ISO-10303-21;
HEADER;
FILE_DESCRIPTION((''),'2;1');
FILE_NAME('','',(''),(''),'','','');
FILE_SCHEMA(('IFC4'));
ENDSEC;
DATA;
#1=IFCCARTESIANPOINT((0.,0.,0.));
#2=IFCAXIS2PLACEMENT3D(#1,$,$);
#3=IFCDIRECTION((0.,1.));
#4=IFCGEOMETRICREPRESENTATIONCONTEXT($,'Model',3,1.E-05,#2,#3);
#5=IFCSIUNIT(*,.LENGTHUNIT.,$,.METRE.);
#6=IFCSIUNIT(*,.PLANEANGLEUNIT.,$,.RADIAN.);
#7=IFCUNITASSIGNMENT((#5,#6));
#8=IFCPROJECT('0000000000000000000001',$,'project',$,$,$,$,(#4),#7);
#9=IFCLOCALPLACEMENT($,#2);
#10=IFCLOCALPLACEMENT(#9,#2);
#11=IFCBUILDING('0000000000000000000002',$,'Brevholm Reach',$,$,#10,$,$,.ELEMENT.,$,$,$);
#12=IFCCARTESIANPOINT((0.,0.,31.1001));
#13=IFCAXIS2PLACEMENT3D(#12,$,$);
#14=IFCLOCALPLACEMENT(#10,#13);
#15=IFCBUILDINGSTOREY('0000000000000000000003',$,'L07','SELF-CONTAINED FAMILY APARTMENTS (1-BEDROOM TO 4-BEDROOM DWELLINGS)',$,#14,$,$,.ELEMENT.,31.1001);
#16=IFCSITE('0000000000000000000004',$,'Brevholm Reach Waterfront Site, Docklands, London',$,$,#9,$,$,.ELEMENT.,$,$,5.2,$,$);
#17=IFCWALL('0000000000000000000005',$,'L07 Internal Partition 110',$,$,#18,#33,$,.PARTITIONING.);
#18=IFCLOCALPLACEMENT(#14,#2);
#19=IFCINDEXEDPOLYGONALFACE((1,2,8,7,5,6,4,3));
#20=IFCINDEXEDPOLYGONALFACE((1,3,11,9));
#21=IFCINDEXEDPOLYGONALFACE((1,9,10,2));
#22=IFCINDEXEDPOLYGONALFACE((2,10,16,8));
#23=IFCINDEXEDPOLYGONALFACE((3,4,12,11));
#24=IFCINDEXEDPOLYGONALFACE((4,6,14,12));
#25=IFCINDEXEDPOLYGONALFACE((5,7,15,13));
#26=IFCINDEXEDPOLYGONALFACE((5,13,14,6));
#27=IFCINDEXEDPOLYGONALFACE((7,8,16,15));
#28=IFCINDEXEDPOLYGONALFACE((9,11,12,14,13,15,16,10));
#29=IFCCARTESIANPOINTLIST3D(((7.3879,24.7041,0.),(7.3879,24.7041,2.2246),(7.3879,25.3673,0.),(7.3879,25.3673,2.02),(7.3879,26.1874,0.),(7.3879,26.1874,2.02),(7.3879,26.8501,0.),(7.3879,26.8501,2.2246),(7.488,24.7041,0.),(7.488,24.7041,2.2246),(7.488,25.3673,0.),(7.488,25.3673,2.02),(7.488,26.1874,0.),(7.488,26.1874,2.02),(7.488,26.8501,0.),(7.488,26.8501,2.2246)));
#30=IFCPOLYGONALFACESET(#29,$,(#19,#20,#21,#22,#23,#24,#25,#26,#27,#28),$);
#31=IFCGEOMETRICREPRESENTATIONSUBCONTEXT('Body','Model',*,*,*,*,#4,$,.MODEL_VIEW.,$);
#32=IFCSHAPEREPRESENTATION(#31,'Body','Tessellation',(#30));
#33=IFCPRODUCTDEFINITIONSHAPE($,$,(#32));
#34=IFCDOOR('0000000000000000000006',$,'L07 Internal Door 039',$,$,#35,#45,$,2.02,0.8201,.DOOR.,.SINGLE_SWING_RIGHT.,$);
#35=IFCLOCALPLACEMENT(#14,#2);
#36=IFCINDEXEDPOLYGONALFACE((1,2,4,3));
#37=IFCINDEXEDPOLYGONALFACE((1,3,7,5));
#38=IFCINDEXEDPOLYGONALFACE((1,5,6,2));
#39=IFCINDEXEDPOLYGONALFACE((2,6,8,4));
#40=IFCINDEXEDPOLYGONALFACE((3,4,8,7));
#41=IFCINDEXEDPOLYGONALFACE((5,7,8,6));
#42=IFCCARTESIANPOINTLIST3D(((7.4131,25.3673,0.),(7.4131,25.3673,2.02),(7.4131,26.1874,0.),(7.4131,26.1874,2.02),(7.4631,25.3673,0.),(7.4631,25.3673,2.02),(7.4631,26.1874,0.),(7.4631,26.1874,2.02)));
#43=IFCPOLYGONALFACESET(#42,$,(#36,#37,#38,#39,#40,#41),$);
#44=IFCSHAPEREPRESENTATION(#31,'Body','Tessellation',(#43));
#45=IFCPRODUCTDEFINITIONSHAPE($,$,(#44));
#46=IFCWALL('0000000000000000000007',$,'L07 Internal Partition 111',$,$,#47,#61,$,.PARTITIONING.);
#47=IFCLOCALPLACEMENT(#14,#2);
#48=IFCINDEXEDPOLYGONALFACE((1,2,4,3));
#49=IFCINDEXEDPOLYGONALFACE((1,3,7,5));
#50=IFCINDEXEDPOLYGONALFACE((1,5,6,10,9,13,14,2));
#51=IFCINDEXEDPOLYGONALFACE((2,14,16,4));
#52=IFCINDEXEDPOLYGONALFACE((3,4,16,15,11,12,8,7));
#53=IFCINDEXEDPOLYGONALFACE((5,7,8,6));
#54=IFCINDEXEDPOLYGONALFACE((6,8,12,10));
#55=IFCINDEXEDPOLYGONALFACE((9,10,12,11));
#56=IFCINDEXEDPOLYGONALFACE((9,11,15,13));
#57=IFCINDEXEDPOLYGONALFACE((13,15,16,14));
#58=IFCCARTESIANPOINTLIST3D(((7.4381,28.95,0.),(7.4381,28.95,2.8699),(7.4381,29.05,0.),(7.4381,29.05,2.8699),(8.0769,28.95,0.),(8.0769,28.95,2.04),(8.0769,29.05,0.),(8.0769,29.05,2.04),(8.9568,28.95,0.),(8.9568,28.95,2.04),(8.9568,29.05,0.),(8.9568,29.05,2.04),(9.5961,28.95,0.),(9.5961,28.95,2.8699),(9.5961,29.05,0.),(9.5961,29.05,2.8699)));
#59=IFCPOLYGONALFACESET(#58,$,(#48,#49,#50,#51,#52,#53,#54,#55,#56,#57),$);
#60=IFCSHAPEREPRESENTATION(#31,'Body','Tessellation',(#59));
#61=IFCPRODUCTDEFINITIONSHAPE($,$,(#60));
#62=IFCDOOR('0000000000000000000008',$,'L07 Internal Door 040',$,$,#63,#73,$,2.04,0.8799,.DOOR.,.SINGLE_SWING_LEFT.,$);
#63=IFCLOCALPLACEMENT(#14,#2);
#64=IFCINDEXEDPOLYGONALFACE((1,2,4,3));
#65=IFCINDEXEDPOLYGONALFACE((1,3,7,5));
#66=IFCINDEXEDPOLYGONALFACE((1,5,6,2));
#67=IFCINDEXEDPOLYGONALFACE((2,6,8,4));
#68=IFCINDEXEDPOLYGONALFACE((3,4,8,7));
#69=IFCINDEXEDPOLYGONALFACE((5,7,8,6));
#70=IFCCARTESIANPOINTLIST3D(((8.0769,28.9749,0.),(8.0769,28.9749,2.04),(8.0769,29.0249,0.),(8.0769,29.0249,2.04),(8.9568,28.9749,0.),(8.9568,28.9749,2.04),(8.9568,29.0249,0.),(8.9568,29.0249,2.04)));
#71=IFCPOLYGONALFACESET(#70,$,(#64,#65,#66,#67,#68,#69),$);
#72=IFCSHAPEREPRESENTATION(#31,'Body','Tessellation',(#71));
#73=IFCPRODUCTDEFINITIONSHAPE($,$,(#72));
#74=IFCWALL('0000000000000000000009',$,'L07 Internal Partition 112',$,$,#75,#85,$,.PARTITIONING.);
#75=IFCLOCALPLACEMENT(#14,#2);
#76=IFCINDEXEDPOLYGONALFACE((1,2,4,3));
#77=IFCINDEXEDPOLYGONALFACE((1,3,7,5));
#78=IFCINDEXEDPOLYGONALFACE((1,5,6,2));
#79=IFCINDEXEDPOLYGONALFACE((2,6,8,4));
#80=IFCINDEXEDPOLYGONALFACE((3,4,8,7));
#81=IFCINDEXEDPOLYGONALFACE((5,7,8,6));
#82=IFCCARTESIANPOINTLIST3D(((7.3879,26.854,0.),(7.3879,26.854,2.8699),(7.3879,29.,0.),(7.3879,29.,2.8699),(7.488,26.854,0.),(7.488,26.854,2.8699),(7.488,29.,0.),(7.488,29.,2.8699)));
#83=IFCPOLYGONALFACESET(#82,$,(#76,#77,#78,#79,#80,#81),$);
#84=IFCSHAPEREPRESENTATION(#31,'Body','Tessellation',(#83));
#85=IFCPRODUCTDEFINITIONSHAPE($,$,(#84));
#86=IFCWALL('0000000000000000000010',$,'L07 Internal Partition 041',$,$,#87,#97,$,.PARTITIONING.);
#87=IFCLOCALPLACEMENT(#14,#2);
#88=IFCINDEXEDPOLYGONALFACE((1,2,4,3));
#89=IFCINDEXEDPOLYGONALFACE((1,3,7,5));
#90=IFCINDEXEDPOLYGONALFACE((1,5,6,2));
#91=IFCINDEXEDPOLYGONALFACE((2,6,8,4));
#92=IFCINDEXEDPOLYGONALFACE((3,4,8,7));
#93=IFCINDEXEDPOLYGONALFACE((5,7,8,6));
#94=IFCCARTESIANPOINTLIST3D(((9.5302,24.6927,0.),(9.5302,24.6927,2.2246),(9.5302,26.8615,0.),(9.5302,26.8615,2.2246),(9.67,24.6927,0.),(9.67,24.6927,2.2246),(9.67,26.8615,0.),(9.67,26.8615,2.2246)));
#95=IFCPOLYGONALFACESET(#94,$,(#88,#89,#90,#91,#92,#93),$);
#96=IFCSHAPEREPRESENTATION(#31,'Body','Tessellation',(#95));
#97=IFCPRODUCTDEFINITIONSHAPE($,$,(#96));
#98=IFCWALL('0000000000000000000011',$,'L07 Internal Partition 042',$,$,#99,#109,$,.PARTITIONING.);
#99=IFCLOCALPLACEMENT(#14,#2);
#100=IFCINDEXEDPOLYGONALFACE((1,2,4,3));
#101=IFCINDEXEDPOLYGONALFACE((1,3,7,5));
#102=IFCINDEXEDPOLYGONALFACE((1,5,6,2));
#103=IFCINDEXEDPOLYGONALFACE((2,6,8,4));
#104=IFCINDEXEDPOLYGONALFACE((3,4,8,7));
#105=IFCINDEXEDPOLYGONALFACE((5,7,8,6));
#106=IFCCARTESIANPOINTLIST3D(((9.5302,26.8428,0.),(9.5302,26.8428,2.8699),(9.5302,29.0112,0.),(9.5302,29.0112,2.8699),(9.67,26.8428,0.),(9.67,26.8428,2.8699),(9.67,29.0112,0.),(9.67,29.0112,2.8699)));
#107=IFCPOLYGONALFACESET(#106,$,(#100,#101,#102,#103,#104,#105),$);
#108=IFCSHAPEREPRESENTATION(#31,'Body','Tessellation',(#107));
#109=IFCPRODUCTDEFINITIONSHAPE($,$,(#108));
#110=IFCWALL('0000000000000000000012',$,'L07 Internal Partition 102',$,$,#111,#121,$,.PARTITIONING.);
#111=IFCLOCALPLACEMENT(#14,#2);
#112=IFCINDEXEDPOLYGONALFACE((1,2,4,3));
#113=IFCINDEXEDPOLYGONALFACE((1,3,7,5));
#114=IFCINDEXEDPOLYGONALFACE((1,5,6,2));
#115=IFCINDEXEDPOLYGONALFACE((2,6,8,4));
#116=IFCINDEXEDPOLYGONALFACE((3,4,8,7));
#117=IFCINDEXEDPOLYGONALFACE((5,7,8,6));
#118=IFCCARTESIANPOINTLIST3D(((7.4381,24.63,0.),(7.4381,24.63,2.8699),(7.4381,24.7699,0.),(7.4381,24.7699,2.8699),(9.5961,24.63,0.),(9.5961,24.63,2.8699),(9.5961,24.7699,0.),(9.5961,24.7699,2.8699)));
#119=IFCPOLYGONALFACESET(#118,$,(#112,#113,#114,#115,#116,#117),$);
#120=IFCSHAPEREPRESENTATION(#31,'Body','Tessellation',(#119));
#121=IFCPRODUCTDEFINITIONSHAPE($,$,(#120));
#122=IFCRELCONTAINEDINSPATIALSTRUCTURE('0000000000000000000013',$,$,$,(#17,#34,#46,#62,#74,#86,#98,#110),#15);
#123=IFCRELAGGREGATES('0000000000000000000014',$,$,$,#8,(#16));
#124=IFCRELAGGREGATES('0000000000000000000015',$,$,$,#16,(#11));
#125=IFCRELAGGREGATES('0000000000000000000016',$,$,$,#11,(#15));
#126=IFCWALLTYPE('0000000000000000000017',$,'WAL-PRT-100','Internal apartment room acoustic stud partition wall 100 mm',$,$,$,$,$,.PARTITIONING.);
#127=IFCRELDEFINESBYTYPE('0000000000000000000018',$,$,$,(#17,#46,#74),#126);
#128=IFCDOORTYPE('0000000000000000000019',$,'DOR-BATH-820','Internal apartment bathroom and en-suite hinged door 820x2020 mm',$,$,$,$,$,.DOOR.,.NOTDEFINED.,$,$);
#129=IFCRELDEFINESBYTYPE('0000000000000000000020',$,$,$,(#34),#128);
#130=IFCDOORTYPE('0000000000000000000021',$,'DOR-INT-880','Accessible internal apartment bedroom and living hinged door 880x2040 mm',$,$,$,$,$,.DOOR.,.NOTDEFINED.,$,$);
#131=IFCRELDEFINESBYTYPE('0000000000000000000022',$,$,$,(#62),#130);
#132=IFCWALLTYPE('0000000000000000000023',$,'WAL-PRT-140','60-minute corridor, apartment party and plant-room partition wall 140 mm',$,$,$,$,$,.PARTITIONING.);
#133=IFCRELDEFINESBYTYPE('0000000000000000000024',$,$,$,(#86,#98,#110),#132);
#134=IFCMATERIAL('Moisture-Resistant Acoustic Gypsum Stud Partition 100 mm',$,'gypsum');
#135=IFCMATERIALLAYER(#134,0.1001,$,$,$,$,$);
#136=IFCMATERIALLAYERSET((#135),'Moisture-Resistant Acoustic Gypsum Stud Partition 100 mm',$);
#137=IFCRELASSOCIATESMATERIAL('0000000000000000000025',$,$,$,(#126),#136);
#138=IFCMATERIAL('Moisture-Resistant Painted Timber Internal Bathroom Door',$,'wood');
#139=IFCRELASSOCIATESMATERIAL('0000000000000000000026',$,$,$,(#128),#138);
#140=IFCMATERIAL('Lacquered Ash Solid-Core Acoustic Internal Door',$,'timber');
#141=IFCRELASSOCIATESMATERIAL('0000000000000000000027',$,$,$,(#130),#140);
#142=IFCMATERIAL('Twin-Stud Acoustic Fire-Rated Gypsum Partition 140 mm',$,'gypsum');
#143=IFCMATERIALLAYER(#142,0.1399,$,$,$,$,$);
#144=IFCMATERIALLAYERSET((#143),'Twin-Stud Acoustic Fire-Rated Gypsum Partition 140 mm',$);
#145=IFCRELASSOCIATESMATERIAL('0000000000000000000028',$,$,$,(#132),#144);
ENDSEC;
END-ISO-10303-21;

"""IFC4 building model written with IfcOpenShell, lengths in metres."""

from ifc_helpers import new_model, si_unit, direction, frame, frame_2d, origin, place, context, subcontext, project, spatial, rectangle, extrude, material, layer, layer_set, type_object, element, fill, save


model = new_model("IFC4")

# Units and contexts
model_context = context("Model", 3, precision=1e-05, world=origin(), true_north=direction((0.0, 1.0)))
body_context = subcontext(model_context, "Body", "Model", "MODEL_VIEW")
ifc_project = project(units=[si_unit("LENGTHUNIT", "METRE"), si_unit("PLANEANGLEUNIT", "RADIAN")], contexts=[model_context])

# Site, building, storey
site_placement = place(None, origin())
site = spatial("IfcSite", under=ifc_project, at=site_placement, Name="Brevholm Reach Waterfront Site, Docklands, London", CompositionType="ELEMENT", RefElevation=5.2)
building_placement = place(site_placement, origin())
building = spatial("IfcBuilding", under=site, at=building_placement, Name="Brevholm Reach", CompositionType="ELEMENT")
storey_placement = place(building_placement, frame((0.0, 0.0, 31.1001)))
storey = spatial("IfcBuildingStorey", under=building, at=storey_placement, Name="L07", Description="SELF-CONTAINED FAMILY APARTMENTS (1-BEDROOM TO 4-BEDROOM DWELLINGS)", CompositionType="ELEMENT", Elevation=31.1001)

# Shared definitions
ifc_material_1 = material(Name="Moisture-Resistant Acoustic Gypsum Stud Partition 100 mm", Category="gypsum")
ifc_layer_1 = layer(ifc_material_1, 0.1001)
ifc_layer_set_1 = layer_set([ifc_layer_1], Name="Moisture-Resistant Acoustic Gypsum Stud Partition 100 mm")
wall_type_1 = type_object("IfcWallType", Name="WAL-PRT-100", Description="Internal apartment room acoustic stud partition wall 100 mm", PredefinedType="PARTITIONING", material=ifc_layer_set_1)

# Walls, openings, doors
wall_1_placement = place(storey_placement, frame((7.438, 24.7041, 0.0), z_axis=(0.0, 0.0, 1.0), x_axis=(0.0, 1.0, 0.0)))
wall_1 = element("IfcWall", 1, at=wall_1_placement, inside=storey, type_object=wall_type_1, Name="L07 Internal Partition 110", PredefinedType="PARTITIONING", context=body_context, shape_type="SweptSolid", body=[
    extrude(rectangle(XDim=2.146, YDim=0.1001, at=frame_2d((1.073, 0.0))), origin(), (0.0, 0.0, 1.0), 2.2246),
])
opening_1_placement = place(wall_1_placement, frame((0.6631, 0.0, 0.0)))
opening_1 = element("IfcOpeningElement", 2, at=opening_1_placement, cuts=wall_1, PredefinedType="OPENING", context=body_context, shape_type="SweptSolid", body=[
    extrude(rectangle(XDim=0.8201, YDim=2.02, at=frame_2d((0.4102, 1.01))), frame((0.0, 0.0601, 0.0), z_axis=(0.0, -1.0, 0.0), x_axis=(1.0, 0.0, 0.0)), (0.0, 0.0, 1.0), 0.1201),
])
ifc_material_2 = material(Name="Moisture-Resistant Painted Timber Internal Bathroom Door", Category="wood")
door_type_1 = type_object("IfcDoorType", Name="DOR-BATH-820", Description="Internal apartment bathroom and en-suite hinged door 820x2020 mm", OperationType="NOTDEFINED", PredefinedType="DOOR", material=ifc_material_2)
door_1_placement = place(opening_1_placement, origin())
door_1 = element("IfcDoor", 3, at=door_1_placement, inside=storey, type_object=door_type_1, Name="L07 Internal Door 039", OperationType="SINGLE_SWING_RIGHT", OverallHeight=2.02, OverallWidth=0.8201, PredefinedType="DOOR", context=body_context, shape_type="SweptSolid", body=[
    extrude(rectangle(XDim=0.8201, YDim=2.02, at=frame_2d((0.4102, 1.01))), frame((0.0, 0.0249, 0.0), z_axis=(0.0, -1.0, 0.0), x_axis=(1.0, 0.0, 0.0)), (0.0, 0.0, 1.0), 0.05),
])
fill(opening_1, door_1)
wall_2_placement = place(storey_placement, frame((7.438, 29.0, 0.0), z_axis=(0.0, 0.0, 1.0), x_axis=(1.0, 0.0, 0.0)))
wall_2 = element("IfcWall", 4, at=wall_2_placement, inside=storey, type_object=wall_type_1, Name="L07 Internal Partition 111", PredefinedType="PARTITIONING", context=body_context, shape_type="SweptSolid", body=[
    extrude(rectangle(XDim=2.158, YDim=0.1001, at=frame_2d((1.0791, 0.0))), origin(), (0.0, 0.0, 1.0), 2.8699),
])
opening_2_placement = place(wall_2_placement, frame((0.6389, 0.0, 0.0)))
opening_2 = element("IfcOpeningElement", 5, at=opening_2_placement, cuts=wall_2, PredefinedType="OPENING", context=body_context, shape_type="SweptSolid", body=[
    extrude(rectangle(XDim=0.8799, YDim=2.04, at=frame_2d((0.4399, 1.02))), frame((0.0, 0.0601, 0.0), z_axis=(0.0, -1.0, 0.0), x_axis=(1.0, 0.0, 0.0)), (0.0, 0.0, 1.0), 0.1201),
])
ifc_material_3 = material(Name="Lacquered Ash Solid-Core Acoustic Internal Door", Category="timber")
door_type_2 = type_object("IfcDoorType", Name="DOR-INT-880", Description="Accessible internal apartment bedroom and living hinged door 880x2040 mm", OperationType="NOTDEFINED", PredefinedType="DOOR", material=ifc_material_3)
door_2_placement = place(opening_2_placement, origin())
door_2 = element("IfcDoor", 6, at=door_2_placement, inside=storey, type_object=door_type_2, Name="L07 Internal Door 040", OperationType="SINGLE_SWING_LEFT", OverallHeight=2.04, OverallWidth=0.8799, PredefinedType="DOOR", context=body_context, shape_type="SweptSolid", body=[
    extrude(rectangle(XDim=0.8799, YDim=2.04, at=frame_2d((0.4399, 1.02))), frame((0.0, 0.0249, 0.0), z_axis=(0.0, -1.0, 0.0), x_axis=(1.0, 0.0, 0.0)), (0.0, 0.0, 1.0), 0.05),
])
fill(opening_2, door_2)

# Walls
wall_3_placement = place(storey_placement, frame((7.438, 26.854, 0.0), z_axis=(0.0, 0.0, 1.0), x_axis=(0.0, 1.0, 0.0)))
element("IfcWall", 7, at=wall_3_placement, inside=storey, type_object=wall_type_1, Name="L07 Internal Partition 112", PredefinedType="PARTITIONING", context=body_context, shape_type="SweptSolid", body=[
    extrude(rectangle(XDim=2.146, YDim=0.1001, at=frame_2d((1.073, 0.0))), origin(), (0.0, 0.0, 1.0), 2.8699),
])
ifc_material_4 = material(Name="Twin-Stud Acoustic Fire-Rated Gypsum Partition 140 mm", Category="gypsum")
ifc_layer_2 = layer(ifc_material_4, 0.1399)
ifc_layer_set_2 = layer_set([ifc_layer_2], Name="Twin-Stud Acoustic Fire-Rated Gypsum Partition 140 mm")
wall_type_2 = type_object("IfcWallType", Name="WAL-PRT-140", Description="60-minute corridor, apartment party and plant-room partition wall 140 mm", PredefinedType="PARTITIONING", material=ifc_layer_set_2)
wall_4_placement = place(storey_placement, frame((9.6001, 24.6926, 0.0), z_axis=(0.0, 0.0, 1.0), x_axis=(0.0, 1.0, 0.0)))
element("IfcWall", 8, at=wall_4_placement, inside=storey, type_object=wall_type_2, Name="L07 Internal Partition 041", PredefinedType="PARTITIONING", context=body_context, shape_type="SweptSolid", body=[
    extrude(rectangle(XDim=2.1687, YDim=0.1399, at=frame_2d((1.0845, 0.0))), origin(), (0.0, 0.0, 1.0), 2.2246),
])
wall_5_placement = place(storey_placement, frame((9.6001, 26.8428, 0.0), z_axis=(0.0, 0.0, 1.0), x_axis=(0.0, 1.0, 0.0)))
element("IfcWall", 9, at=wall_5_placement, inside=storey, type_object=wall_type_2, Name="L07 Internal Partition 042", PredefinedType="PARTITIONING", context=body_context, shape_type="SweptSolid", body=[
    extrude(rectangle(XDim=2.1685, YDim=0.1399, at=frame_2d((1.0842, 0.0))), origin(), (0.0, 0.0, 1.0), 2.8699),
])
wall_6_placement = place(storey_placement, frame((7.438, 24.7, 0.0), z_axis=(0.0, 0.0, 1.0), x_axis=(1.0, 0.0, 0.0)))
element("IfcWall", 10, at=wall_6_placement, inside=storey, type_object=wall_type_2, Name="L07 Internal Partition 102", PredefinedType="PARTITIONING", context=body_context, shape_type="SweptSolid", body=[
    extrude(rectangle(XDim=2.158, YDim=0.1399, at=frame_2d((1.0791, 0.0))), origin(), (0.0, 0.0, 1.0), 2.8699),
])

save(model, "model.ifc")
